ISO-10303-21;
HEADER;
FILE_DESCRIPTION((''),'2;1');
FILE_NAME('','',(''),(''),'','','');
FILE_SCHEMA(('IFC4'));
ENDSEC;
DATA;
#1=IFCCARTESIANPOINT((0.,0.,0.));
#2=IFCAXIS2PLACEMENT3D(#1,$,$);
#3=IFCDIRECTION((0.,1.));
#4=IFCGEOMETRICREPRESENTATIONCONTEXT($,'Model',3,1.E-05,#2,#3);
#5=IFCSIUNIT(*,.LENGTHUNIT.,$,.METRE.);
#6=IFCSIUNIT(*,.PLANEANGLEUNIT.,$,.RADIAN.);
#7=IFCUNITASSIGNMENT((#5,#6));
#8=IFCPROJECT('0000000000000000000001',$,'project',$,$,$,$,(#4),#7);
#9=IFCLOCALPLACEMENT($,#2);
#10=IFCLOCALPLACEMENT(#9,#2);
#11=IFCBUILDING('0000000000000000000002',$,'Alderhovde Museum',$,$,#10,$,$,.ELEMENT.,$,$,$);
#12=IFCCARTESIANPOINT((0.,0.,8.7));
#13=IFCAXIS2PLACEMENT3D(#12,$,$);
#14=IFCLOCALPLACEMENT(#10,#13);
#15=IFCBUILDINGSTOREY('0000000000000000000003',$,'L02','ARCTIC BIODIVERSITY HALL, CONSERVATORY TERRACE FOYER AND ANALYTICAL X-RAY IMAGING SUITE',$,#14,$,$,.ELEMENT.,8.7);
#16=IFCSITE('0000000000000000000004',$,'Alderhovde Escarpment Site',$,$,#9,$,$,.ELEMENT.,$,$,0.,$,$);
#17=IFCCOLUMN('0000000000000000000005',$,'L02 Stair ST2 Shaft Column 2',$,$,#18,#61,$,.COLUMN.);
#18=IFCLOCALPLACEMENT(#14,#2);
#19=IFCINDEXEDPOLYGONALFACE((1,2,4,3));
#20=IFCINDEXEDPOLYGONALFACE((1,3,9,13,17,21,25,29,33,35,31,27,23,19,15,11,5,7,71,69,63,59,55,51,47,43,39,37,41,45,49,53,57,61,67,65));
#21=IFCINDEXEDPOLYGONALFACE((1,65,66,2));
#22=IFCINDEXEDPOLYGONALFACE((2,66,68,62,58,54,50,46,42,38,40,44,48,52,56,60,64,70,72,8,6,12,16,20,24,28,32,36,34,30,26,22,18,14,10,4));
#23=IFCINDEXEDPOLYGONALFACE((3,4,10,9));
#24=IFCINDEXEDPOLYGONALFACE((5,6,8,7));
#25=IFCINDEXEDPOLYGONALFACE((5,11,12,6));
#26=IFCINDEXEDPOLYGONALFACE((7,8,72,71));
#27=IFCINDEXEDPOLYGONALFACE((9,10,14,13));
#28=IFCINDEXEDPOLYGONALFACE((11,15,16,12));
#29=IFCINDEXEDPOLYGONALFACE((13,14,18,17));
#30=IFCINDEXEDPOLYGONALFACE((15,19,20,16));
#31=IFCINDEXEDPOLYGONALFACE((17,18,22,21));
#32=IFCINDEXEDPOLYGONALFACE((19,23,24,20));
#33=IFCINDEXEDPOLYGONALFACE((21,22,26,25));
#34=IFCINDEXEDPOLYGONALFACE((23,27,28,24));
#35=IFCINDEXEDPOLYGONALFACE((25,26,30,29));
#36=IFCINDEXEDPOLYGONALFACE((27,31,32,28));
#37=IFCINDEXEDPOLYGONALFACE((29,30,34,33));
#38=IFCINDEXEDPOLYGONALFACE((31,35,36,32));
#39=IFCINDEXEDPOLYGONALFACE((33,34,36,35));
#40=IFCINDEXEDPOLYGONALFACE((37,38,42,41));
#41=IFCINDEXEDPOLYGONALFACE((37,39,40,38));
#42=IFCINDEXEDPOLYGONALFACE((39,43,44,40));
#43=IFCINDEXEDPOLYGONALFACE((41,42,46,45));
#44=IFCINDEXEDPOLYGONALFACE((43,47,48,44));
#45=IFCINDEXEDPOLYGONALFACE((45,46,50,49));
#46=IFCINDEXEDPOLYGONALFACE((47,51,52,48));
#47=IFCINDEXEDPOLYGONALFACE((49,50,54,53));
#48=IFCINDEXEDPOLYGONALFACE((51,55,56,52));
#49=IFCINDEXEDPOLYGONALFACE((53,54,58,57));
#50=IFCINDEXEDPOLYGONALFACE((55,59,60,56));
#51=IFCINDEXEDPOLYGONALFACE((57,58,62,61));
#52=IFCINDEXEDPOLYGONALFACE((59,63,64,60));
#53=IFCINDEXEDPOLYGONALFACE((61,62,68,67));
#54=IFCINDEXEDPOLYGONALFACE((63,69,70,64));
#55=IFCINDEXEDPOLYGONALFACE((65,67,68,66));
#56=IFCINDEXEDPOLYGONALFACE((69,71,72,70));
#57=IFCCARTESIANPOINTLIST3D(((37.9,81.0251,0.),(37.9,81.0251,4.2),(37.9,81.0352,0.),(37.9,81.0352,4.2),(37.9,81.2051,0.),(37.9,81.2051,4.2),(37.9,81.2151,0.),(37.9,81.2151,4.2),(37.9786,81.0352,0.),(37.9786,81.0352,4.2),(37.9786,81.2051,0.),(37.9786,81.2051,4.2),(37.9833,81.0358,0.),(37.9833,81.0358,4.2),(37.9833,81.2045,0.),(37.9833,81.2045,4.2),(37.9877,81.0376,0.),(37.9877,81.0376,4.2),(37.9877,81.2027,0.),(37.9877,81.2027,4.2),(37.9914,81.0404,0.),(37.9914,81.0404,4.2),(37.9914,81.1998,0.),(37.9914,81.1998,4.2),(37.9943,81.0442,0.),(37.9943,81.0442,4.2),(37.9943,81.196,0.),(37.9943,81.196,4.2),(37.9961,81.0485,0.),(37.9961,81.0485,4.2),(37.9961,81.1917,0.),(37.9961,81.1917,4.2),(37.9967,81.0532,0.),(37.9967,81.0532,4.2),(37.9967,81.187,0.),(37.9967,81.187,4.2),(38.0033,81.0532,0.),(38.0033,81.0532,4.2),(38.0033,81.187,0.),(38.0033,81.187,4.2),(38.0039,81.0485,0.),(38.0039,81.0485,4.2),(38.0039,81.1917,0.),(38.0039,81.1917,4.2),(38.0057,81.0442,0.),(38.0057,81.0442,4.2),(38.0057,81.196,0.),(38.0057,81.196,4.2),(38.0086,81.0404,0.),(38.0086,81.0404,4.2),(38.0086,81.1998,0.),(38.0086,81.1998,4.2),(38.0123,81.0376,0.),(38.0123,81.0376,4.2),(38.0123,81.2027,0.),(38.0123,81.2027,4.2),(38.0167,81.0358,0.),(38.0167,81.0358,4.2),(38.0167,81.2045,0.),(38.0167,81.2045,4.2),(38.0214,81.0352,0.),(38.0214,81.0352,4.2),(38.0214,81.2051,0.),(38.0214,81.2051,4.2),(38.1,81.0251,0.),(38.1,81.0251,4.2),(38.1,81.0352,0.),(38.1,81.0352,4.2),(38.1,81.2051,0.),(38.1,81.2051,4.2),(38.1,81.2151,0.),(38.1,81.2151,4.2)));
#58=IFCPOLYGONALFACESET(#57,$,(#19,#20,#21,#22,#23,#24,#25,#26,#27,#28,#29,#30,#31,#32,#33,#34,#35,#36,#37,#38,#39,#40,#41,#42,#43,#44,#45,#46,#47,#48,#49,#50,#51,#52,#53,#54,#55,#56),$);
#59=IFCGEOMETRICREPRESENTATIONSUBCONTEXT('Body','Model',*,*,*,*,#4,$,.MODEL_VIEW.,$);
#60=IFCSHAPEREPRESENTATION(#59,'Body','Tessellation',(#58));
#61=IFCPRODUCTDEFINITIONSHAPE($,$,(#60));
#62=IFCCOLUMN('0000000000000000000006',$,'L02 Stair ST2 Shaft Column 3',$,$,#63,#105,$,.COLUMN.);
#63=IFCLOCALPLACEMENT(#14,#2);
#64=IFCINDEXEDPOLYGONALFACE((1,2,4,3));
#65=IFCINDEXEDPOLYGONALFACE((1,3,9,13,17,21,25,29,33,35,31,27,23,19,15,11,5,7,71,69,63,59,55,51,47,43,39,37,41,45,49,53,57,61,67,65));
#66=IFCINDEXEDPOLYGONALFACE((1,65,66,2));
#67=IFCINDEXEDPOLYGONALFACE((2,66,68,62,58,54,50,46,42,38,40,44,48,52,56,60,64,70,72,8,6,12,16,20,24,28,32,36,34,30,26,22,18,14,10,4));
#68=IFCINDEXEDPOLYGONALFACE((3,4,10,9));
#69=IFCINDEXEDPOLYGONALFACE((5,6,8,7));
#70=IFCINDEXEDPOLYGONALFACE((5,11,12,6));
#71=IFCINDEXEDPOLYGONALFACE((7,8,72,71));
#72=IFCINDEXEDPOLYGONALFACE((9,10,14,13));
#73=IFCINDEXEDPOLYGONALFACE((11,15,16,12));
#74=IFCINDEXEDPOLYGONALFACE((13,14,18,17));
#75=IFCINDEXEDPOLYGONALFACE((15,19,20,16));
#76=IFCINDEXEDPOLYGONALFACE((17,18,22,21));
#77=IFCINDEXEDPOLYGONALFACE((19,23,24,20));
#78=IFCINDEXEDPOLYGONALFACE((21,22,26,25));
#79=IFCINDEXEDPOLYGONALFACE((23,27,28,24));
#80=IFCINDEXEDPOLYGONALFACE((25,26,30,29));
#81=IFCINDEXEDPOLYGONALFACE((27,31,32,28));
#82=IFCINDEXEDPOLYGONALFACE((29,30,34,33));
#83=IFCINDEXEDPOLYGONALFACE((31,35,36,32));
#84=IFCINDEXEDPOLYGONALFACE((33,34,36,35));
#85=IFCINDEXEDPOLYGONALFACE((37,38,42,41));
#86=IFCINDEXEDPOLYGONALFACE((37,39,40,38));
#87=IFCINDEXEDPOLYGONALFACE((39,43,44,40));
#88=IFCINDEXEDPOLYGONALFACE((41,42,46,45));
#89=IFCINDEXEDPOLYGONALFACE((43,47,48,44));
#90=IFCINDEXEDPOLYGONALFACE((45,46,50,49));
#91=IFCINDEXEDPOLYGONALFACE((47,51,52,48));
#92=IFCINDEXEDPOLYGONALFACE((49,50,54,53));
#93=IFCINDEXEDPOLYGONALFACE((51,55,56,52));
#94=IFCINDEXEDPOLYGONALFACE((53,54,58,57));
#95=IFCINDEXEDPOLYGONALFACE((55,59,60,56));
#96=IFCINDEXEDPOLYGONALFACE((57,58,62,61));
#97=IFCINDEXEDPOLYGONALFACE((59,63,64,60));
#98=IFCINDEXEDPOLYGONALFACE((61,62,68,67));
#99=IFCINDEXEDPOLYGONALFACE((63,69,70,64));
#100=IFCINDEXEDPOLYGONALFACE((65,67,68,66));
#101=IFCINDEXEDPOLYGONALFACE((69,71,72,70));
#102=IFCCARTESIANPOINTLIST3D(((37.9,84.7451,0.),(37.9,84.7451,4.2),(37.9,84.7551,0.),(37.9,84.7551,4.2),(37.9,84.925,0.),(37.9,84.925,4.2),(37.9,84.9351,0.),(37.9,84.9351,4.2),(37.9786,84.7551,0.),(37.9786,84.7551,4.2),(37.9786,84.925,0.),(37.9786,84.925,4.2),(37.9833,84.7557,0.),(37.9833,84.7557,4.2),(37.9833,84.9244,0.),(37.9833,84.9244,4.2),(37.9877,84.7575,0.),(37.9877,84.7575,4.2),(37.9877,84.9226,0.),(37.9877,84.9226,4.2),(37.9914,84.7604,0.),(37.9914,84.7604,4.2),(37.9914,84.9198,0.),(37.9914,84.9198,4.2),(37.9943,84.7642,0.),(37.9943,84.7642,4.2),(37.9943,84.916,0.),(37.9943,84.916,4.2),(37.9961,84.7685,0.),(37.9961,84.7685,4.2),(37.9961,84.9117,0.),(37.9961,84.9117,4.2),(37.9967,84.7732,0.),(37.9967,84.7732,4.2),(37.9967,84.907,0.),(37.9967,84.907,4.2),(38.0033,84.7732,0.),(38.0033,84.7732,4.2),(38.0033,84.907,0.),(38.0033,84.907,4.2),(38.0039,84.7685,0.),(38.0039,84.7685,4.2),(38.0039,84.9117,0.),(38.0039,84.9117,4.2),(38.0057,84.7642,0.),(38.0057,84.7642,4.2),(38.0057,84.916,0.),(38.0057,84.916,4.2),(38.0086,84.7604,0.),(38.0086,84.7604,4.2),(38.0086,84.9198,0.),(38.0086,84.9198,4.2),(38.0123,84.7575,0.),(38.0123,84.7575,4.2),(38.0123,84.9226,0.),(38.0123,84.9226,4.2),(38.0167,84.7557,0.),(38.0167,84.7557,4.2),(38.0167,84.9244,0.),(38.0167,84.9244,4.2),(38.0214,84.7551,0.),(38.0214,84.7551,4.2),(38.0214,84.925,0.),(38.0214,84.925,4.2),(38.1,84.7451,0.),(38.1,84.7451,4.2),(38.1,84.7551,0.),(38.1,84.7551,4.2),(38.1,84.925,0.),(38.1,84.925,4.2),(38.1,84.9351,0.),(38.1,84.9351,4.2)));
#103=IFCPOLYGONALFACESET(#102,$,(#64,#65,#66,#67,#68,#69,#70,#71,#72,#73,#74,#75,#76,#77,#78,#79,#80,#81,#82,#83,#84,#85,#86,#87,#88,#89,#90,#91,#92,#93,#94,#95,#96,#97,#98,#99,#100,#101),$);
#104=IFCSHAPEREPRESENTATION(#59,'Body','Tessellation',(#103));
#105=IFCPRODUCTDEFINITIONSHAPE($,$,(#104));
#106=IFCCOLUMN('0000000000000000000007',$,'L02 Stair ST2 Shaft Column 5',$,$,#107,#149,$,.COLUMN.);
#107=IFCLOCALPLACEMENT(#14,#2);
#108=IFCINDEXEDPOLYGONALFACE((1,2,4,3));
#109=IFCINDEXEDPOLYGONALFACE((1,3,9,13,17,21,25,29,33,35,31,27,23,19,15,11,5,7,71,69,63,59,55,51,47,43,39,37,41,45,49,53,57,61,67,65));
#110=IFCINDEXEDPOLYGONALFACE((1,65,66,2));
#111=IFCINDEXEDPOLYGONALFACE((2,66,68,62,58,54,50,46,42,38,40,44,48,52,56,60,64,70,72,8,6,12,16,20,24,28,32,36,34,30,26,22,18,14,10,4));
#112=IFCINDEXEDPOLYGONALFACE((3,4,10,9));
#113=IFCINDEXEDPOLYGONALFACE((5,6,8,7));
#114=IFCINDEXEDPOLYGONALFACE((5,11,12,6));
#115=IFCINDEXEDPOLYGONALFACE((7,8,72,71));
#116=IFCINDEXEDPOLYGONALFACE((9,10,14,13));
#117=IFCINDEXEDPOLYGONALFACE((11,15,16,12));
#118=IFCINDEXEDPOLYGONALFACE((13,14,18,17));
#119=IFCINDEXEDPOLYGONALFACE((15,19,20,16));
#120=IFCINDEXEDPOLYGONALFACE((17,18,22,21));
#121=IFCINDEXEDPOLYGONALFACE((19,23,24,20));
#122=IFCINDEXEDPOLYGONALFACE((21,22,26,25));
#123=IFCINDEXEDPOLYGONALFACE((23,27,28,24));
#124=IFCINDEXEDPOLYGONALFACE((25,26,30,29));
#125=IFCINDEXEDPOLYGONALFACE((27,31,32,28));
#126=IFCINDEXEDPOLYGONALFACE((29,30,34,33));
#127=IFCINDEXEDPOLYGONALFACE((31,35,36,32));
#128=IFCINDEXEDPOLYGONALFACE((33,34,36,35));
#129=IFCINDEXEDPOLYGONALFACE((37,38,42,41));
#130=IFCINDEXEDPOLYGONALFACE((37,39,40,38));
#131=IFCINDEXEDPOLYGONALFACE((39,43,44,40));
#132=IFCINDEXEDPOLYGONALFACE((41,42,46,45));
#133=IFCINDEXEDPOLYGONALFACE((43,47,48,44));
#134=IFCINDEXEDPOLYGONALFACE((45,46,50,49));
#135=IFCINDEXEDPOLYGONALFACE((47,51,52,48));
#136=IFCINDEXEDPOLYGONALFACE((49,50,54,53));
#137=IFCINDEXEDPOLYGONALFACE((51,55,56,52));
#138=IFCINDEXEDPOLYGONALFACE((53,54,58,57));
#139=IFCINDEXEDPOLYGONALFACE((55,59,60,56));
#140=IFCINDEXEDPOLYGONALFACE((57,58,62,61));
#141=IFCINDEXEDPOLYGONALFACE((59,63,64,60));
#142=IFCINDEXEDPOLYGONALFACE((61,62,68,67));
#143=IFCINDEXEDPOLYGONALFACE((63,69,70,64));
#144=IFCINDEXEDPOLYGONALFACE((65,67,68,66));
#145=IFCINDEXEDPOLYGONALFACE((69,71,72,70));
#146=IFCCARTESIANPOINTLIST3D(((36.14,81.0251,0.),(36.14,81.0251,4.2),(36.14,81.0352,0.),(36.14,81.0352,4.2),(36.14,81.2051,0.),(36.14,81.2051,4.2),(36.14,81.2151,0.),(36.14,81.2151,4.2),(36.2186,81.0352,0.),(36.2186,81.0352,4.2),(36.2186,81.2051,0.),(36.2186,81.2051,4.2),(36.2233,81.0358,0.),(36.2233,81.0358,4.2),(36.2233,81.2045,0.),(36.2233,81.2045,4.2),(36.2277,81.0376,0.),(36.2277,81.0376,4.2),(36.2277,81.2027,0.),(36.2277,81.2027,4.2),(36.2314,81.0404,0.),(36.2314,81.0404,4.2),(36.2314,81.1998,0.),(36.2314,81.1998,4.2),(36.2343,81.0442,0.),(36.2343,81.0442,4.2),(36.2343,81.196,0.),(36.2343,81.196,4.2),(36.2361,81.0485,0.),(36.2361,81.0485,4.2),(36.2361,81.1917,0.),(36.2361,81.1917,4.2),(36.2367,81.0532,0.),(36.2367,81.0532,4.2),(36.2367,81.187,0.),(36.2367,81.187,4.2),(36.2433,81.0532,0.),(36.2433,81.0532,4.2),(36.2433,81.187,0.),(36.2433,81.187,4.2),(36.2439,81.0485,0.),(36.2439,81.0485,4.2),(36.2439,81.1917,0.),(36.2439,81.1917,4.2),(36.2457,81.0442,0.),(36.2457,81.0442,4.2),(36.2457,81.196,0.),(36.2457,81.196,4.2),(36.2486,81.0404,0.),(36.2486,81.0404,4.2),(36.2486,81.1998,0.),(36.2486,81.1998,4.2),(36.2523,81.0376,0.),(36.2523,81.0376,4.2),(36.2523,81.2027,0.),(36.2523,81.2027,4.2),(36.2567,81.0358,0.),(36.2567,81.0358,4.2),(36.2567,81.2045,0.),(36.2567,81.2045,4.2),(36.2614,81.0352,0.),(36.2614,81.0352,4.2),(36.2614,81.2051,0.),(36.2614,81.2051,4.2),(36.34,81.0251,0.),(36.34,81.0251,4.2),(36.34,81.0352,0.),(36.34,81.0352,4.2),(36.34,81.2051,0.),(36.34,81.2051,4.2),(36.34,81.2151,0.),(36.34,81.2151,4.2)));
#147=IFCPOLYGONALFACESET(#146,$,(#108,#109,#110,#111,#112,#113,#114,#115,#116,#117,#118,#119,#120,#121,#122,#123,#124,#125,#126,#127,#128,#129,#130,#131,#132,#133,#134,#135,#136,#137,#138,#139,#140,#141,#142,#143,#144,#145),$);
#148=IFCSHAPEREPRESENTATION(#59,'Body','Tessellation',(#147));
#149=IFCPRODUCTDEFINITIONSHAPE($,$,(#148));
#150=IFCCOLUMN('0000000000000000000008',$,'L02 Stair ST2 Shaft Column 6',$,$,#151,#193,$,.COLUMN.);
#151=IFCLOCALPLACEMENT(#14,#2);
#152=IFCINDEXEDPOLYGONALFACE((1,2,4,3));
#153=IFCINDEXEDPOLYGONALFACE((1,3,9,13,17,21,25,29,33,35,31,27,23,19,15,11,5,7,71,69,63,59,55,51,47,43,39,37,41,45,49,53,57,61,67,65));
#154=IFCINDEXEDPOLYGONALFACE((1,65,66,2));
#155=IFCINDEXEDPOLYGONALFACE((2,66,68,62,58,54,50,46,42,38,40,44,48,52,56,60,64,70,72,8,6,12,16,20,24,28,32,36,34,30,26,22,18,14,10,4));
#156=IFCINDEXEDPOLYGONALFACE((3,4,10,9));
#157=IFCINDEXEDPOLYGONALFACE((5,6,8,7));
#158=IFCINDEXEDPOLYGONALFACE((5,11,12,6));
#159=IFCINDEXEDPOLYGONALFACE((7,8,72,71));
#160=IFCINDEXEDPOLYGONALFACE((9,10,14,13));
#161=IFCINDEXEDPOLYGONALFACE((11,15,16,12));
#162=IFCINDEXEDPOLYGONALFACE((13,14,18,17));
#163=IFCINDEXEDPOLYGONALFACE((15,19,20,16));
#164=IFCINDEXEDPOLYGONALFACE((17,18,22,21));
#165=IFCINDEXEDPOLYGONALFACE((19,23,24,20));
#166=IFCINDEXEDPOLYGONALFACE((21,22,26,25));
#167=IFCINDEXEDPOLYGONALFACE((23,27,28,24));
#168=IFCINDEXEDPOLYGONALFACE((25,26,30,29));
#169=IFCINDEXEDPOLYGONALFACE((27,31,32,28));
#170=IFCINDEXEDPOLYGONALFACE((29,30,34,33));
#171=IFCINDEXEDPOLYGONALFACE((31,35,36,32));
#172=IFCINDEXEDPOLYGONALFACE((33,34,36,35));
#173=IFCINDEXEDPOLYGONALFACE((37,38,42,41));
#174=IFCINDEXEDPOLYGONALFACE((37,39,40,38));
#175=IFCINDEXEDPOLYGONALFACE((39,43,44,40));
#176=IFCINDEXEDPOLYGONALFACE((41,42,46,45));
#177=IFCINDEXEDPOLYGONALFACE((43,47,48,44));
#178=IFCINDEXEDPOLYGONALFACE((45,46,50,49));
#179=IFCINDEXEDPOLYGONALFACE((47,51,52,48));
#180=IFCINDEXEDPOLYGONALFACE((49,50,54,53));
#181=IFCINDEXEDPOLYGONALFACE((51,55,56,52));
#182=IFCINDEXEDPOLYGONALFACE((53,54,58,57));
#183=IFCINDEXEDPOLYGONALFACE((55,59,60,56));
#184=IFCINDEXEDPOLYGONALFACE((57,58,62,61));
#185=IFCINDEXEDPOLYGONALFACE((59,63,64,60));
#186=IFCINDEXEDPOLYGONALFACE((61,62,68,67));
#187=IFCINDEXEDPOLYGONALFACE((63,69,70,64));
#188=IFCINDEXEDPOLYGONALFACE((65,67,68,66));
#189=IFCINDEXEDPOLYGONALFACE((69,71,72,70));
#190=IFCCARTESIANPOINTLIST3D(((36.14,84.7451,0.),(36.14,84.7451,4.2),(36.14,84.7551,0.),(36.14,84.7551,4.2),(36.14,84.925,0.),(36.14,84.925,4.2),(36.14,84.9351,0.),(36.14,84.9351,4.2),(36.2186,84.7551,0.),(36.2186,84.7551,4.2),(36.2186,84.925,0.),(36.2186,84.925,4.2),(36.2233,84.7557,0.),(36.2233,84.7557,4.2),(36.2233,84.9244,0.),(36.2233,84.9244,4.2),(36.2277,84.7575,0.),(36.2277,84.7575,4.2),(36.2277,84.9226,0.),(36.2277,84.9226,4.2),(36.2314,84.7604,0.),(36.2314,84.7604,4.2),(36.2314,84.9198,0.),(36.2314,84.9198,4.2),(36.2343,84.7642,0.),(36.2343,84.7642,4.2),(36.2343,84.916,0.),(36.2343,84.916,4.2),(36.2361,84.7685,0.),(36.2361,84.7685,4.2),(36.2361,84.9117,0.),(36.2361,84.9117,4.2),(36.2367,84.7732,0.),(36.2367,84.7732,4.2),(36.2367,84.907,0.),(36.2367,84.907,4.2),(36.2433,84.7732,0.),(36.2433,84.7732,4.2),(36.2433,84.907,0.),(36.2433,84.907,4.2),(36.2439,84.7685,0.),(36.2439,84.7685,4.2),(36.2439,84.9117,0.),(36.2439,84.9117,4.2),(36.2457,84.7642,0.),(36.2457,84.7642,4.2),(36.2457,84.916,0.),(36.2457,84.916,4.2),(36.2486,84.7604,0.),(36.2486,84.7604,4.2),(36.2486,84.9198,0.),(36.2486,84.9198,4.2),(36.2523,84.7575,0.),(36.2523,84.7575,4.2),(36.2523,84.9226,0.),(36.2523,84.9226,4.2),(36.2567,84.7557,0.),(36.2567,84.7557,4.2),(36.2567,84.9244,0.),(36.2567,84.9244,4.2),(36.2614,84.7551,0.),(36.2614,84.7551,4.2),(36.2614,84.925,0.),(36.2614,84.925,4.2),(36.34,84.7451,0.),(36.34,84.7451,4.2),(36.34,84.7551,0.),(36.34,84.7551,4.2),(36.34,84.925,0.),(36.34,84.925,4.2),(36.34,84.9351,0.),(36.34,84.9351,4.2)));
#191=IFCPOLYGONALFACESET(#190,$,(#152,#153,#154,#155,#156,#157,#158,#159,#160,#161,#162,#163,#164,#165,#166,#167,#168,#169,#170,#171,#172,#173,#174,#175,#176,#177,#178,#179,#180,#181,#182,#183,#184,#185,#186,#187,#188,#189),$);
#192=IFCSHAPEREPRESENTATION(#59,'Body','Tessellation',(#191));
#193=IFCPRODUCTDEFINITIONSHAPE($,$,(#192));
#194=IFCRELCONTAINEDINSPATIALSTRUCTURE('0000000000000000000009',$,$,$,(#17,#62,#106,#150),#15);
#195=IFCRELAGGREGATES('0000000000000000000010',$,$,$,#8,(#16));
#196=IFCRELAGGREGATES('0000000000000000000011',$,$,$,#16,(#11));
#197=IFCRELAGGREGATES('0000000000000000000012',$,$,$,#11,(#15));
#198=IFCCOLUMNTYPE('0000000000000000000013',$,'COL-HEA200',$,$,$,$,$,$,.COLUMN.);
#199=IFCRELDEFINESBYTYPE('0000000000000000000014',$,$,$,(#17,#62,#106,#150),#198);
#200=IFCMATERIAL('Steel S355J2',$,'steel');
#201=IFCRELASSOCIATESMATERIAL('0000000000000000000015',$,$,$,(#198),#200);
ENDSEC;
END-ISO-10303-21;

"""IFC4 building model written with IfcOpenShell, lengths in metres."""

from ifc_helpers import new_model, si_unit, direction, frame, origin, origin_2d, place, context, subcontext, project, spatial, i_section, extrude, material, material_profile, profile_set, type_object, element, save


model = new_model("IFC4")

# Units and contexts
model_context = context("Model", 3, precision=1e-05, world=origin(), true_north=direction((0.0, 1.0)))
body_context = subcontext(model_context, "Body", "Model", "MODEL_VIEW")
ifc_project = project(units=[si_unit("LENGTHUNIT", "METRE"), si_unit("PLANEANGLEUNIT", "RADIAN")], contexts=[model_context])

# Site, building, storey
site_placement = place(None, origin())
site = spatial("IfcSite", under=ifc_project, at=site_placement, Name="Alderhovde Escarpment Site", CompositionType="ELEMENT", RefElevation=0.0)
building_placement = place(site_placement, origin())
building = spatial("IfcBuilding", under=site, at=building_placement, Name="Alderhovde Museum", CompositionType="ELEMENT")
storey_placement = place(building_placement, frame((0.0, 0.0, 8.7)))
storey = spatial("IfcBuildingStorey", under=building, at=storey_placement, Name="L02", Description="ARCTIC BIODIVERSITY HALL, CONSERVATORY TERRACE FOYER AND ANALYTICAL X-RAY IMAGING SUITE", CompositionType="ELEMENT", Elevation=8.7)

# Columns
ifc_material_1 = material(Name="Steel S355J2", Category="steel")
ifc_material_profile_1 = material_profile(ifc_material_1, i_section(OverallWidth=0.2, OverallDepth=0.1899, WebThickness=0.0066, FlangeThickness=0.01, FilletRadius=0.0181, at=origin_2d()), Name="HEA 200")
ifc_profile_set_1 = profile_set([ifc_material_profile_1], Name="Steel S355J2")
column_type_1 = type_object("IfcColumnType", Name="COL-HEA200", PredefinedType="COLUMN", material=ifc_profile_set_1)
for number, where, z_axis, x_axis, name in (
    (1, (38.0, 81.1201, 0.0), (0.0, 0.0, 1.0), (1.0, 0.0, 0.0), "L02 Stair ST2 Shaft Column 2"),
    (2, (38.0, 84.8401, 0.0), (0.0, 0.0, 1.0), (1.0, 0.0, 0.0), "L02 Stair ST2 Shaft Column 3"),
    (3, (36.24, 81.1201, 0.0), (0.0, 0.0, 1.0), (1.0, 0.0, 0.0), "L02 Stair ST2 Shaft Column 5"),
    (4, (36.24, 84.8401, 0.0), (0.0, 0.0, 1.0), (1.0, 0.0, 0.0), "L02 Stair ST2 Shaft Column 6"),
):
    element("IfcColumn", number, at=place(storey_placement, frame(where, z_axis=z_axis, x_axis=x_axis)), inside=storey, type_object=column_type_1, Name=name, PredefinedType="COLUMN", context=body_context, shape_type="SweptSolid", body=[
        extrude(i_section(OverallWidth=0.2, OverallDepth=0.1899, WebThickness=0.0066, FlangeThickness=0.01, FilletRadius=0.0181, at=origin_2d()), origin(), (0.0, 0.0, 1.0), 4.2),
    ])

save(model, "model.ifc")
